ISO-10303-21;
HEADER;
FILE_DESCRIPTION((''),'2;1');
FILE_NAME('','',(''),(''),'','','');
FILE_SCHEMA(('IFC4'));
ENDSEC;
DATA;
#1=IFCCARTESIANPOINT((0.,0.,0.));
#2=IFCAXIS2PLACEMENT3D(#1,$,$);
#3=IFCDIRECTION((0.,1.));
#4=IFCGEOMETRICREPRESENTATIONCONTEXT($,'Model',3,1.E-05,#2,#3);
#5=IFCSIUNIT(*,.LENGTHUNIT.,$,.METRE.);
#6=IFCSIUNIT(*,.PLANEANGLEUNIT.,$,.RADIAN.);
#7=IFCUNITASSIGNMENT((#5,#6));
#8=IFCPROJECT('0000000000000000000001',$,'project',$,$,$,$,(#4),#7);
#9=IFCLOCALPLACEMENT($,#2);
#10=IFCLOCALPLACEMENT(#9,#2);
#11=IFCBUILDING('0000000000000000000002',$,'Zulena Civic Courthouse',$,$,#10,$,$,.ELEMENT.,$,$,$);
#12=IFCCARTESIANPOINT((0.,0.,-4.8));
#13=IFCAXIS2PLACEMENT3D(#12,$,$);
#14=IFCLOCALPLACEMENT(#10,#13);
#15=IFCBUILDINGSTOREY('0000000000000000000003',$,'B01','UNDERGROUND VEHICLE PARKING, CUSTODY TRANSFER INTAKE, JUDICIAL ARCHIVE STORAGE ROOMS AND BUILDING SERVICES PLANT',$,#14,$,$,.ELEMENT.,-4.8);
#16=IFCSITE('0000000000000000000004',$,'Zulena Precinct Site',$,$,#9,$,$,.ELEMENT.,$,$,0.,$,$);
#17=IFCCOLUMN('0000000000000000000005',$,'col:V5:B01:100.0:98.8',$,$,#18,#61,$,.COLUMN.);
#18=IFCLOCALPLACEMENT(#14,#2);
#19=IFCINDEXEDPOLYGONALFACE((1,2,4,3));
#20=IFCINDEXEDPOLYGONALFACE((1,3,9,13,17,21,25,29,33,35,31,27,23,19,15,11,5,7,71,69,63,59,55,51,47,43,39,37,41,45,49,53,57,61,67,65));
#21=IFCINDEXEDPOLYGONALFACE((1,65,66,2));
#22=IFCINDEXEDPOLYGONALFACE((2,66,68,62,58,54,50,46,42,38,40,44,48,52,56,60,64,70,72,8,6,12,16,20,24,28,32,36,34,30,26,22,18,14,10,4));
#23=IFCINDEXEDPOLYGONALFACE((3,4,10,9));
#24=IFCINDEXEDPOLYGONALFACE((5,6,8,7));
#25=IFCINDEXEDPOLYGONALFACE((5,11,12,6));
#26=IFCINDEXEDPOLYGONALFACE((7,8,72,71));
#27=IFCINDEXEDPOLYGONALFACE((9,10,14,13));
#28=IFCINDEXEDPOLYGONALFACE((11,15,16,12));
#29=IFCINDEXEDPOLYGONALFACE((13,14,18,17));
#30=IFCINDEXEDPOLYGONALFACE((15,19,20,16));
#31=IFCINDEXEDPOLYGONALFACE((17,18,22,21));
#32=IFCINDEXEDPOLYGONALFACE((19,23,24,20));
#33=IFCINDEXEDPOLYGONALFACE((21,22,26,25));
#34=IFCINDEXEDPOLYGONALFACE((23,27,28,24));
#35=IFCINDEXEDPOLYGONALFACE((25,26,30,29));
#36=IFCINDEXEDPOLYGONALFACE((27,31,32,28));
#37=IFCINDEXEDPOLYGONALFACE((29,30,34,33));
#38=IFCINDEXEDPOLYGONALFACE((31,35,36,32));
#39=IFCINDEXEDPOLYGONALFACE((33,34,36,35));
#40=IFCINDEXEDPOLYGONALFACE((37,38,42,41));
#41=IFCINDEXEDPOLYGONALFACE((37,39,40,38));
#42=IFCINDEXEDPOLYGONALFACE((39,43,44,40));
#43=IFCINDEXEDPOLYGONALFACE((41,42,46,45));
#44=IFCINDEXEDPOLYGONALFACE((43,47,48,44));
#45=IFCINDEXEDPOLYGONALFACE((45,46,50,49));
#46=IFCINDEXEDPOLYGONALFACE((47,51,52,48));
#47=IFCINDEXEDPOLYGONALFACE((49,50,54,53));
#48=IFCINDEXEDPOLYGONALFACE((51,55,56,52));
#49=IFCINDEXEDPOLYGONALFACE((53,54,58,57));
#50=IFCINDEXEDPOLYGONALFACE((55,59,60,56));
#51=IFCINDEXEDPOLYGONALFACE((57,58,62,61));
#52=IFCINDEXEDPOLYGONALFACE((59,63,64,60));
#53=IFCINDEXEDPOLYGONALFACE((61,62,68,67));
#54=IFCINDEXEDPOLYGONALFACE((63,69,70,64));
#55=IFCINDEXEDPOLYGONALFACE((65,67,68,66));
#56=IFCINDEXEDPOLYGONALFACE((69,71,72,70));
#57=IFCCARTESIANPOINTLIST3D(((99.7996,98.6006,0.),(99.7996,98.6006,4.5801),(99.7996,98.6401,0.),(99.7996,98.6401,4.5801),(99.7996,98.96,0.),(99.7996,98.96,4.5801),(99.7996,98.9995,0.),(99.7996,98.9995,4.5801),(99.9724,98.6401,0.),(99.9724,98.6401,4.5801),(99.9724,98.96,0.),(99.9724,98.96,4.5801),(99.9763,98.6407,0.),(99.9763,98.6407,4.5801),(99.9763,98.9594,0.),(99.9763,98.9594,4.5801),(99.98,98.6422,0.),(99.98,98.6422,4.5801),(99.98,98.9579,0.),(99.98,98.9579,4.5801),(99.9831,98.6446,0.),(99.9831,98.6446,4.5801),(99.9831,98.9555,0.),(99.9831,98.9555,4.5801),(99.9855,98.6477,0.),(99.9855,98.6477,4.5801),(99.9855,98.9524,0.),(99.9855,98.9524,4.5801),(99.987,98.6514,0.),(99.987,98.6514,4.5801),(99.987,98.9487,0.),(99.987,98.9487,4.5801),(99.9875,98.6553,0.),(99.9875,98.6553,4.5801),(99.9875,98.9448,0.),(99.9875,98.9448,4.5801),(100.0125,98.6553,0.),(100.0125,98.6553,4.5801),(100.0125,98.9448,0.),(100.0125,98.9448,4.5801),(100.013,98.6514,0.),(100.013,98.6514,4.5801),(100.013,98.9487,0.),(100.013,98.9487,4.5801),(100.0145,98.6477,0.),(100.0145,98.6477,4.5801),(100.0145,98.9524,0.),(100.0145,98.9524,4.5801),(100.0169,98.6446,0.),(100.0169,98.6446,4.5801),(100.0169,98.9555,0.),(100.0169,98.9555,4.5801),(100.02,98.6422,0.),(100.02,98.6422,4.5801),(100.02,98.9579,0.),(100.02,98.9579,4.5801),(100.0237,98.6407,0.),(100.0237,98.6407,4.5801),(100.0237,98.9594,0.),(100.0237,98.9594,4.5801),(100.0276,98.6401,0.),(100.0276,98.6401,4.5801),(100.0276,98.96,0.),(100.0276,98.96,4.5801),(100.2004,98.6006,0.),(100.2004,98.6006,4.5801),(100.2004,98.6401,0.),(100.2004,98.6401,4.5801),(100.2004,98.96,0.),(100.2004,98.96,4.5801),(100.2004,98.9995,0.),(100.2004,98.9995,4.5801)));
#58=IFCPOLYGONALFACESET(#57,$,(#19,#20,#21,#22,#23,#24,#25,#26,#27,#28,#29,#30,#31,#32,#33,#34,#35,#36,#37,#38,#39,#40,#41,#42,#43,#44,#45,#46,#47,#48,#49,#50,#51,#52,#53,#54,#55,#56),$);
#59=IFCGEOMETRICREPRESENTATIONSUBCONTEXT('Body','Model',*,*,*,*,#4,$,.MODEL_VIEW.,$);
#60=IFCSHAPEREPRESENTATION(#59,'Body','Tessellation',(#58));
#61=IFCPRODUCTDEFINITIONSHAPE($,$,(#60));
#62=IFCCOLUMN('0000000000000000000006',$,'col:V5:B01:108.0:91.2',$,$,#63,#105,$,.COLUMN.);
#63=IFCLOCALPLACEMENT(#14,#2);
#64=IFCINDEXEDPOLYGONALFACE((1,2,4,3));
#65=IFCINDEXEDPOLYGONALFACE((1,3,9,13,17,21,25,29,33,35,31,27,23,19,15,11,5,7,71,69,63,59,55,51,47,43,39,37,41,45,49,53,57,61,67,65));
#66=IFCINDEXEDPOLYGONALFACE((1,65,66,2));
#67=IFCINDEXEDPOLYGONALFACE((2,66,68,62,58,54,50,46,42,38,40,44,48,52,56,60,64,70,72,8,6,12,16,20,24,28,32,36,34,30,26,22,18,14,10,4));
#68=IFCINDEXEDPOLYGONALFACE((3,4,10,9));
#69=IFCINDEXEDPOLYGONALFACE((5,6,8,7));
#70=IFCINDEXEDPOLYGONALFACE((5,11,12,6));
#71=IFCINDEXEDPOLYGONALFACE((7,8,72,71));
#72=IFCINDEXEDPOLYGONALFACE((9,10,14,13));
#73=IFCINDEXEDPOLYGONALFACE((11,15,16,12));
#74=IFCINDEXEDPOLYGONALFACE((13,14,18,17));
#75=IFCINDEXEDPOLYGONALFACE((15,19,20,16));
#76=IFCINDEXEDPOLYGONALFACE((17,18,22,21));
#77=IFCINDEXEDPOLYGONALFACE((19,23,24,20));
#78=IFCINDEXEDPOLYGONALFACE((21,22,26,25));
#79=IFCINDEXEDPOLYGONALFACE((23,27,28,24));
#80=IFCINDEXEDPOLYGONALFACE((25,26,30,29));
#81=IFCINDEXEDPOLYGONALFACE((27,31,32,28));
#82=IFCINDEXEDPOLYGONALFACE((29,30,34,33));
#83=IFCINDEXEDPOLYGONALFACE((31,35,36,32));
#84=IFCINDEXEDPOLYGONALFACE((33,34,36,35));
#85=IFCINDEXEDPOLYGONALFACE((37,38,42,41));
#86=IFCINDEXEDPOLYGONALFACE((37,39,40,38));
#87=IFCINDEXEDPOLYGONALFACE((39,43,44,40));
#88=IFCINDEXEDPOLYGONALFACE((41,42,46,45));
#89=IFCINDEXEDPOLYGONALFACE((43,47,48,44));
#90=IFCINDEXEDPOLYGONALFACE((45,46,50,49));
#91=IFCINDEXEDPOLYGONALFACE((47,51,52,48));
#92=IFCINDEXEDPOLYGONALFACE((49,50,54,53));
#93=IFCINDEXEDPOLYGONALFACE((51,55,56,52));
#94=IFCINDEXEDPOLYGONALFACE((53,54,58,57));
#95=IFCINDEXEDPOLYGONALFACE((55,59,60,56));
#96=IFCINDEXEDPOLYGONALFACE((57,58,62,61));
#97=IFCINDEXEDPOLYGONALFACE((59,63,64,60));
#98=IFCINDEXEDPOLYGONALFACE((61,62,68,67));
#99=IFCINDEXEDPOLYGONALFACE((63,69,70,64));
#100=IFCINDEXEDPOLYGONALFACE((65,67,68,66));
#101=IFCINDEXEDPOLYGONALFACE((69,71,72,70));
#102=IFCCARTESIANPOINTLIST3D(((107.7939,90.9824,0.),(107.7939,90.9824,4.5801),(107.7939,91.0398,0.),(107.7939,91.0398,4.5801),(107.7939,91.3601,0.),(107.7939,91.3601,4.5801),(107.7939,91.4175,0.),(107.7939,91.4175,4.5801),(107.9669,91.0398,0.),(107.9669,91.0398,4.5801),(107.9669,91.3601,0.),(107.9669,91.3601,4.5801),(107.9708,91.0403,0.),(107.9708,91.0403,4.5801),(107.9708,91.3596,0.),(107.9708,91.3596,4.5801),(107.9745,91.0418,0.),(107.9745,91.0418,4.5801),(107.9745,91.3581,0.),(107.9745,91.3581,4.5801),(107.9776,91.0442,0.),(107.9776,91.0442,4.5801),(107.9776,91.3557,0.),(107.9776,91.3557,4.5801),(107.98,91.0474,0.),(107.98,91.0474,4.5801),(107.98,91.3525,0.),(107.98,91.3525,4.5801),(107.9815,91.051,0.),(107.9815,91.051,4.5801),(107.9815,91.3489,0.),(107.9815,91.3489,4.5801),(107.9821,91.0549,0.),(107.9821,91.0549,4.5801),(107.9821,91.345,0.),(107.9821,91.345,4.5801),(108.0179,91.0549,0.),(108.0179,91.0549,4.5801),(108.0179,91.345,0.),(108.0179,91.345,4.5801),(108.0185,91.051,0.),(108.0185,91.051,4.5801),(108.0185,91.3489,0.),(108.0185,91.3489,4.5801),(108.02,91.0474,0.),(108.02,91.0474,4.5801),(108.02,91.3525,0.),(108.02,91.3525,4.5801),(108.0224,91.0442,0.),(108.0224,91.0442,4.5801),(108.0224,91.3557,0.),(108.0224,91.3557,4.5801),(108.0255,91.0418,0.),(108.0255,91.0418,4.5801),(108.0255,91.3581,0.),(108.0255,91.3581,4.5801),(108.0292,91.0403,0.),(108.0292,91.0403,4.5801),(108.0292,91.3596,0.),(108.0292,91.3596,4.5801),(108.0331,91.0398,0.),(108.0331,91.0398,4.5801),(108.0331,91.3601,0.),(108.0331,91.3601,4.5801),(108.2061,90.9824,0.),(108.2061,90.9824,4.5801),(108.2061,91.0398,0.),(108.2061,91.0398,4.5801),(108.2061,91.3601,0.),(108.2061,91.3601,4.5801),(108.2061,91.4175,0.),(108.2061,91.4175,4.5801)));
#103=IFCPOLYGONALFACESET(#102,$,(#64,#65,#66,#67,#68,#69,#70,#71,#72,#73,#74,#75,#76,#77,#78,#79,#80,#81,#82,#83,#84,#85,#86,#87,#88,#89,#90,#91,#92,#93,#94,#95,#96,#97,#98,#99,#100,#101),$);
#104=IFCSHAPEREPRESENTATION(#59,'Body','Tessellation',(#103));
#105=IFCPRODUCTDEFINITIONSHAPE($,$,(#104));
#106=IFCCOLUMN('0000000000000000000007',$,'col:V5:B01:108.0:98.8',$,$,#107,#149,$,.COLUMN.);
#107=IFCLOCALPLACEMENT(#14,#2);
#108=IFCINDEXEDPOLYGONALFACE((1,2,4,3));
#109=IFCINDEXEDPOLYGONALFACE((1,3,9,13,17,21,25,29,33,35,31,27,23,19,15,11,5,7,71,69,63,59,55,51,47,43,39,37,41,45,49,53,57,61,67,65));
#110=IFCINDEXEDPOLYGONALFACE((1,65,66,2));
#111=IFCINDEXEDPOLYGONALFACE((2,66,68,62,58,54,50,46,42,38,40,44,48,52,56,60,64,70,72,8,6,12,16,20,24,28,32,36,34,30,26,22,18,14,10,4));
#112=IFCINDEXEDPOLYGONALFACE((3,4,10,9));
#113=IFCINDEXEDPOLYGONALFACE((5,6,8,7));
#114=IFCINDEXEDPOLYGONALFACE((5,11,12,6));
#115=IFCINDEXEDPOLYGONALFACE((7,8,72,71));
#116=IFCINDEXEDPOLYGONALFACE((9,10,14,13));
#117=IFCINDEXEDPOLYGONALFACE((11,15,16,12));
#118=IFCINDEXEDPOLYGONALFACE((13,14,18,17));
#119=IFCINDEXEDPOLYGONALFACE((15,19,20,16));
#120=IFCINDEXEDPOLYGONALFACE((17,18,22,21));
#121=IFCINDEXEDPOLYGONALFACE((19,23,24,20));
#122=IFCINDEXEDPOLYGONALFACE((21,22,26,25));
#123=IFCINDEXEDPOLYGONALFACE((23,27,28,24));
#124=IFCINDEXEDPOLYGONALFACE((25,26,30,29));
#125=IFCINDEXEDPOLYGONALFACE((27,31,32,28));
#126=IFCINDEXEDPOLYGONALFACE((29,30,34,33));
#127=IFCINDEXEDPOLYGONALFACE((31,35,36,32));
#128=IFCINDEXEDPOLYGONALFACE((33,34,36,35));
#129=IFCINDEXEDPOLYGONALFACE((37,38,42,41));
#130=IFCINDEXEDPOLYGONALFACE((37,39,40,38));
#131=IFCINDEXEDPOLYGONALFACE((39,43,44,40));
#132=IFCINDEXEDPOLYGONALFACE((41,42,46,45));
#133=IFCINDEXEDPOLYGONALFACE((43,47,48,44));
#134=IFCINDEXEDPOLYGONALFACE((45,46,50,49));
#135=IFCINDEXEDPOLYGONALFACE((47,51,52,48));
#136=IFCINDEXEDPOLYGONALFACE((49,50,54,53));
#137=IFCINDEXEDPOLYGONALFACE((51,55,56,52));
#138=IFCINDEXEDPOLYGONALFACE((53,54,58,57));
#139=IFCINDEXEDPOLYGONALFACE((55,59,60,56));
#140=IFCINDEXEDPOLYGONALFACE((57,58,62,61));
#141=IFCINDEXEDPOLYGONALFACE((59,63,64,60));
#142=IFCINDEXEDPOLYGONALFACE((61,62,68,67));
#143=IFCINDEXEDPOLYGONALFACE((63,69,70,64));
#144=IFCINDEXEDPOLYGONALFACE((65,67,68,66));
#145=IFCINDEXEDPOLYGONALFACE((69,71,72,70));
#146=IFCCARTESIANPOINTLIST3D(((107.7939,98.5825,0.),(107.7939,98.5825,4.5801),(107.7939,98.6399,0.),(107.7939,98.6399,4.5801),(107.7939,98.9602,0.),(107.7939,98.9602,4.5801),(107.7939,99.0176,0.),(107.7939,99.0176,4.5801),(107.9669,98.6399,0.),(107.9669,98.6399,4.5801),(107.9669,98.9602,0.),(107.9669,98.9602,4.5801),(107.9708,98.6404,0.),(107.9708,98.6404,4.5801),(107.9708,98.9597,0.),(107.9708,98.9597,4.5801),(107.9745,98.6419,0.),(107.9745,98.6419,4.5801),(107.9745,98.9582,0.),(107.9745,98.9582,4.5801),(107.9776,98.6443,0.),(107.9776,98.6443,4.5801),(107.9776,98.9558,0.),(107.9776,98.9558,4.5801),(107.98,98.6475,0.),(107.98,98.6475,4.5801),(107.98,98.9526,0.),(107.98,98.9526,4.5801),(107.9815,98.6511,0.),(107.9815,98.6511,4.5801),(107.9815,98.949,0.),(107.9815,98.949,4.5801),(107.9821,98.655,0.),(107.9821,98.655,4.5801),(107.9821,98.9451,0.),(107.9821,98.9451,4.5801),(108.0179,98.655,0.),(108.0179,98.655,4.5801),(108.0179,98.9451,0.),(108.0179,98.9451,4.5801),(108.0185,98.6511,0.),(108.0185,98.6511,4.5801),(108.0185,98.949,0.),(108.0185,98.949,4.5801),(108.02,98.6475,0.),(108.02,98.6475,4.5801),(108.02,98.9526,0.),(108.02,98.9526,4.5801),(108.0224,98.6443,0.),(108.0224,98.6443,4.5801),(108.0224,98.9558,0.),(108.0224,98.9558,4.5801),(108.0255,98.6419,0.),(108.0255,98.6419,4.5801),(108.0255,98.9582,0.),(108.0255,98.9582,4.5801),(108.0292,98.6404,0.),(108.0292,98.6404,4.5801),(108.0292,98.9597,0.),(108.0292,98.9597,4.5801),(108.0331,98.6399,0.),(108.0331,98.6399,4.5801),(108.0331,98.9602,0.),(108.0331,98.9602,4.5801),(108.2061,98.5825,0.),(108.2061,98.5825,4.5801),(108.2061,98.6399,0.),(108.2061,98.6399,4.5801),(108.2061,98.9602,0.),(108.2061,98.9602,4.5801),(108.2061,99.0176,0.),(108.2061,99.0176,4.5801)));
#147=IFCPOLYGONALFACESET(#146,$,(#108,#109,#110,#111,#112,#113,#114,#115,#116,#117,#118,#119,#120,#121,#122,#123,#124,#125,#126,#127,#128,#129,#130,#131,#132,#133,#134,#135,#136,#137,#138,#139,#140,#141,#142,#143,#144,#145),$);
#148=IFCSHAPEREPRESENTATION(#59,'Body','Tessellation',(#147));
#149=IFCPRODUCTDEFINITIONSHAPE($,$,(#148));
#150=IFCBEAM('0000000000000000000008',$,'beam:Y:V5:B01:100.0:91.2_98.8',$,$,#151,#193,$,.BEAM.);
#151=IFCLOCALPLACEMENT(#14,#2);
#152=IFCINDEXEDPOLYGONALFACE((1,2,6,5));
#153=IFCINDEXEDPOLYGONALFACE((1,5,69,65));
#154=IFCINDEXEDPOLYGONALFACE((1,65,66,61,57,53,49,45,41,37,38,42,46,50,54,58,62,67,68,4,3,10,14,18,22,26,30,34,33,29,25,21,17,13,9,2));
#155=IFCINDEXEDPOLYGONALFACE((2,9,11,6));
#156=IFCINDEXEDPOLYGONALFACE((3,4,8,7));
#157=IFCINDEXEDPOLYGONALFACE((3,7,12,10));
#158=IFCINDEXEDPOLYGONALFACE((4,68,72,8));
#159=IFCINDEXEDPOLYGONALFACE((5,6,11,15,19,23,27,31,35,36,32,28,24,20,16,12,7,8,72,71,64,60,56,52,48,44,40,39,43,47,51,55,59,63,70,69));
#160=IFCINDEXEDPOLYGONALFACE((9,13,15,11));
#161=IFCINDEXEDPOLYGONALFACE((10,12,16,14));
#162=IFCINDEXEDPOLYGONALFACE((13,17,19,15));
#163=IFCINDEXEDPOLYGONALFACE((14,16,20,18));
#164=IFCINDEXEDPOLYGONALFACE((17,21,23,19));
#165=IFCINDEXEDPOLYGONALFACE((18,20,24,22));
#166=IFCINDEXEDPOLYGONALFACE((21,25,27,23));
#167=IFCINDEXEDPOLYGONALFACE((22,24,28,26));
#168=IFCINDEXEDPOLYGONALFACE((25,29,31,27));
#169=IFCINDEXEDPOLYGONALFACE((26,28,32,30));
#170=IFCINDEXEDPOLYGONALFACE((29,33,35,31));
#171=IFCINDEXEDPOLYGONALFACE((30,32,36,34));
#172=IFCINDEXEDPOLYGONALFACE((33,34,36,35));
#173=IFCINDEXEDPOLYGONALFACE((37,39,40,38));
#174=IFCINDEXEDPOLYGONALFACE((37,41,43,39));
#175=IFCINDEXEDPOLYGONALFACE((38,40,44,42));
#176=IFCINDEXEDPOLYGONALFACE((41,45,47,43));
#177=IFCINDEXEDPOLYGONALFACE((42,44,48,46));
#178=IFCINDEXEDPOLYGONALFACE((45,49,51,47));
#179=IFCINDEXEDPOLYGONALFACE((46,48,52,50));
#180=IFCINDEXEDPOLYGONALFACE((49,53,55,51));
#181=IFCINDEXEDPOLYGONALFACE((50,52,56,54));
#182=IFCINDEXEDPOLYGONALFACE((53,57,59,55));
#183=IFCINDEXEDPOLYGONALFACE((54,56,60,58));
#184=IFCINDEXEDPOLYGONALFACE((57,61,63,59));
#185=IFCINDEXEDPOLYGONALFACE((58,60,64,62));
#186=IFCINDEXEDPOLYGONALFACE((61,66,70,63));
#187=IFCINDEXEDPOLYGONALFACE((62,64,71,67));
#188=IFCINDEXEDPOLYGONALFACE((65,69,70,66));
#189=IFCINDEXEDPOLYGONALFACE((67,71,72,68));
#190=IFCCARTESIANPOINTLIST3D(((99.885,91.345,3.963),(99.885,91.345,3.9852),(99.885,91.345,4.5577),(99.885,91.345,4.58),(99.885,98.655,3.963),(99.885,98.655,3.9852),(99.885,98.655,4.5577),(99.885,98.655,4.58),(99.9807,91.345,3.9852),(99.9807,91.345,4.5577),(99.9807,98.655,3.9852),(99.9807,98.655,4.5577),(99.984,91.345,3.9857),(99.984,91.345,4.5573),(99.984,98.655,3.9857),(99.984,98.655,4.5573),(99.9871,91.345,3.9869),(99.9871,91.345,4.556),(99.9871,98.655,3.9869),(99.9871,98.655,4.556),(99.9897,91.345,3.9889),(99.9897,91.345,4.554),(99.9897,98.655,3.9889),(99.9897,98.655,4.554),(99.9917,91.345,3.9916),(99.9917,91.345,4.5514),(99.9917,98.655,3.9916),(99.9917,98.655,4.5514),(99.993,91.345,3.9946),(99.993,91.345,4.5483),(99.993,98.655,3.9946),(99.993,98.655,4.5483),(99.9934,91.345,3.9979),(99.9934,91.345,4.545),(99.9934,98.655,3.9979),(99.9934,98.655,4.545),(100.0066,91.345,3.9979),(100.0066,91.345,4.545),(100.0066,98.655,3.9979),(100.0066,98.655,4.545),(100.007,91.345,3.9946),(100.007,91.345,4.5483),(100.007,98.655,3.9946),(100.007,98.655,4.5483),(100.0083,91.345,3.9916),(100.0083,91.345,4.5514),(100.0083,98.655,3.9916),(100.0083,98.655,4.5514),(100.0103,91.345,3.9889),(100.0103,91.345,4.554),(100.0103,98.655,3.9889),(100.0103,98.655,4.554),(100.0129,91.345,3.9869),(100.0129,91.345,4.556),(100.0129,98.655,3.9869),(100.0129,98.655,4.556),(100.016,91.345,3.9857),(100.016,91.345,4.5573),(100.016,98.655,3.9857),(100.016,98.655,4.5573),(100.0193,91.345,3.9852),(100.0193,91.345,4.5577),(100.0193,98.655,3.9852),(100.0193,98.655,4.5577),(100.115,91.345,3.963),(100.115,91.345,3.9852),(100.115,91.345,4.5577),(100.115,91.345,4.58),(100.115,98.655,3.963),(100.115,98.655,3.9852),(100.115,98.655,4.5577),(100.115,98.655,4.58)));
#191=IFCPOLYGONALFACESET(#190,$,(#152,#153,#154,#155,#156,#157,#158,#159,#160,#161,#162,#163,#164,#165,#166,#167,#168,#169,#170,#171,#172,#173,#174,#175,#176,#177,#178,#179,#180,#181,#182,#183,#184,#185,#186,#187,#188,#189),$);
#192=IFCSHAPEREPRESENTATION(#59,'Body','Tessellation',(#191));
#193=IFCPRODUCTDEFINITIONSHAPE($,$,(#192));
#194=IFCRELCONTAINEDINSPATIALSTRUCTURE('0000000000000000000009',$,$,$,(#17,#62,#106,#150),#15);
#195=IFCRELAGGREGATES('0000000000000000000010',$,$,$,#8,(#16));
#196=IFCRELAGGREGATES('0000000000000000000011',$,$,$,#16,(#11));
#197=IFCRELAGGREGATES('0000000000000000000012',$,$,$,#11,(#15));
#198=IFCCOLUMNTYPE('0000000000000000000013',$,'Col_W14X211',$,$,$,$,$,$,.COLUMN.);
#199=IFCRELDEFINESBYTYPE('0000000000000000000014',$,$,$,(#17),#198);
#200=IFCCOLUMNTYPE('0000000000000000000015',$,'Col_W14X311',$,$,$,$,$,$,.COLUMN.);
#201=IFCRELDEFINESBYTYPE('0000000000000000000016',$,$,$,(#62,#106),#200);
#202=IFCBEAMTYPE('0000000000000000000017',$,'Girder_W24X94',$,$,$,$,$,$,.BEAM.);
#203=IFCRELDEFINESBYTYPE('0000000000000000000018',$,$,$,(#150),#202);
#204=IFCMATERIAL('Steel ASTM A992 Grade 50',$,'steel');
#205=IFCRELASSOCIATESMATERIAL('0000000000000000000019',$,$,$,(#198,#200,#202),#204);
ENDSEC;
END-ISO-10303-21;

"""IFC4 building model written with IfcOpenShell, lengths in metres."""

from ifc_helpers import new_model, si_unit, direction, frame, origin, origin_2d, place, context, subcontext, project, spatial, i_section, extrude, material, material_profile, profile_set, type_object, element, save


model = new_model("IFC4")

# Units and contexts
model_context = context("Model", 3, precision=1e-05, world=origin(), true_north=direction((0.0, 1.0)))
body_context = subcontext(model_context, "Body", "Model", "MODEL_VIEW")
ifc_project = project(units=[si_unit("LENGTHUNIT", "METRE"), si_unit("PLANEANGLEUNIT", "RADIAN")], contexts=[model_context])

# Site, building, storey
site_placement = place(None, origin())
site = spatial("IfcSite", under=ifc_project, at=site_placement, Name="Zulena Precinct Site", CompositionType="ELEMENT", RefElevation=0.0)
building_placement = place(site_placement, origin())
building = spatial("IfcBuilding", under=site, at=building_placement, Name="Zulena Civic Courthouse", CompositionType="ELEMENT")
storey_placement = place(building_placement, frame((0.0, 0.0, -4.8)))
storey = spatial("IfcBuildingStorey", under=building, at=storey_placement, Name="B01", Description="UNDERGROUND VEHICLE PARKING, CUSTODY TRANSFER INTAKE, JUDICIAL ARCHIVE STORAGE ROOMS AND BUILDING SERVICES PLANT", CompositionType="ELEMENT", Elevation=-4.8)

# Columns
ifc_material_1 = material(Name="Steel ASTM A992 Grade 50", Category="steel")
ifc_material_profile_1 = material_profile(ifc_material_1, i_section(OverallWidth=0.4009, OverallDepth=0.3989, WebThickness=0.0249, FlangeThickness=0.0396, FilletRadius=0.0151, at=origin_2d()), Name="W14X211")
ifc_profile_set_1 = profile_set([ifc_material_profile_1], Name="Steel ASTM A992 Grade 50")
column_type_1 = type_object("IfcColumnType", Name="Col_W14X211", PredefinedType="COLUMN", material=ifc_profile_set_1)
for number, where, z_axis, x_axis, name in (
    (1, (100.0, 98.8, 0.0), (0.0, 0.0, 1.0), (1.0, 0.0, 0.0), "col:V5:B01:100.0:98.8"),
):
    element("IfcColumn", number, at=place(storey_placement, frame(where, z_axis=z_axis, x_axis=x_axis)), inside=storey, type_object=column_type_1, Name=name, PredefinedType="COLUMN", context=body_context, shape_type="SweptSolid", body=[
        extrude(i_section(OverallWidth=0.4009, OverallDepth=0.3989, WebThickness=0.0249, FlangeThickness=0.0396, FilletRadius=0.0151, at=origin_2d()), origin(), (0.0, 0.0, 1.0), 4.5801),
    ])
ifc_material_profile_2 = material_profile(ifc_material_1, i_section(OverallWidth=0.4121, OverallDepth=0.4351, WebThickness=0.0359, FlangeThickness=0.0574, FilletRadius=0.0151, at=origin_2d()), Name="W14X311")
ifc_profile_set_2 = profile_set([ifc_material_profile_2], Name="Steel ASTM A992 Grade 50")
column_type_2 = type_object("IfcColumnType", Name="Col_W14X311", PredefinedType="COLUMN", material=ifc_profile_set_2)
for number, where, z_axis, x_axis, name in (
    (2, (108.0, 91.2, 0.0), (0.0, 0.0, 1.0), (1.0, 0.0, 0.0), "col:V5:B01:108.0:91.2"),
    (3, (108.0, 98.8, 0.0), (0.0, 0.0, 1.0), (1.0, 0.0, 0.0), "col:V5:B01:108.0:98.8"),
):
    element("IfcColumn", number, at=place(storey_placement, frame(where, z_axis=z_axis, x_axis=x_axis)), inside=storey, type_object=column_type_2, Name=name, PredefinedType="COLUMN", context=body_context, shape_type="SweptSolid", body=[
        extrude(i_section(OverallWidth=0.4121, OverallDepth=0.4351, WebThickness=0.0359, FlangeThickness=0.0574, FilletRadius=0.0151, at=origin_2d()), origin(), (0.0, 0.0, 1.0), 4.5801),
    ])

# Beam
ifc_material_profile_3 = material_profile(ifc_material_1, i_section(OverallWidth=0.23, OverallDepth=0.6169, WebThickness=0.0132, FlangeThickness=0.0222, FilletRadius=0.0127, at=origin_2d()), Name="W24X94")
ifc_profile_set_3 = profile_set([ifc_material_profile_3], Name="Steel ASTM A992 Grade 50")
beam_type_1 = type_object("IfcBeamType", Name="Girder_W24X94", PredefinedType="BEAM", material=ifc_profile_set_3)
beam_1_placement = place(storey_placement, frame((100.0, 91.345, 4.2715), z_axis=(0.0, 1.0, 0.0), x_axis=(-1.0, 0.0, 0.0)))
element("IfcBeam", 4, at=beam_1_placement, inside=storey, type_object=beam_type_1, Name="beam:Y:V5:B01:100.0:91.2_98.8", PredefinedType="BEAM", context=body_context, shape_type="SweptSolid", body=[
    extrude(i_section(OverallWidth=0.23, OverallDepth=0.6169, WebThickness=0.0132, FlangeThickness=0.0222, FilletRadius=0.0127, at=origin_2d()), origin(), (0.0, 0.0, 1.0), 7.3101),
])

save(model, "model.ifc")
